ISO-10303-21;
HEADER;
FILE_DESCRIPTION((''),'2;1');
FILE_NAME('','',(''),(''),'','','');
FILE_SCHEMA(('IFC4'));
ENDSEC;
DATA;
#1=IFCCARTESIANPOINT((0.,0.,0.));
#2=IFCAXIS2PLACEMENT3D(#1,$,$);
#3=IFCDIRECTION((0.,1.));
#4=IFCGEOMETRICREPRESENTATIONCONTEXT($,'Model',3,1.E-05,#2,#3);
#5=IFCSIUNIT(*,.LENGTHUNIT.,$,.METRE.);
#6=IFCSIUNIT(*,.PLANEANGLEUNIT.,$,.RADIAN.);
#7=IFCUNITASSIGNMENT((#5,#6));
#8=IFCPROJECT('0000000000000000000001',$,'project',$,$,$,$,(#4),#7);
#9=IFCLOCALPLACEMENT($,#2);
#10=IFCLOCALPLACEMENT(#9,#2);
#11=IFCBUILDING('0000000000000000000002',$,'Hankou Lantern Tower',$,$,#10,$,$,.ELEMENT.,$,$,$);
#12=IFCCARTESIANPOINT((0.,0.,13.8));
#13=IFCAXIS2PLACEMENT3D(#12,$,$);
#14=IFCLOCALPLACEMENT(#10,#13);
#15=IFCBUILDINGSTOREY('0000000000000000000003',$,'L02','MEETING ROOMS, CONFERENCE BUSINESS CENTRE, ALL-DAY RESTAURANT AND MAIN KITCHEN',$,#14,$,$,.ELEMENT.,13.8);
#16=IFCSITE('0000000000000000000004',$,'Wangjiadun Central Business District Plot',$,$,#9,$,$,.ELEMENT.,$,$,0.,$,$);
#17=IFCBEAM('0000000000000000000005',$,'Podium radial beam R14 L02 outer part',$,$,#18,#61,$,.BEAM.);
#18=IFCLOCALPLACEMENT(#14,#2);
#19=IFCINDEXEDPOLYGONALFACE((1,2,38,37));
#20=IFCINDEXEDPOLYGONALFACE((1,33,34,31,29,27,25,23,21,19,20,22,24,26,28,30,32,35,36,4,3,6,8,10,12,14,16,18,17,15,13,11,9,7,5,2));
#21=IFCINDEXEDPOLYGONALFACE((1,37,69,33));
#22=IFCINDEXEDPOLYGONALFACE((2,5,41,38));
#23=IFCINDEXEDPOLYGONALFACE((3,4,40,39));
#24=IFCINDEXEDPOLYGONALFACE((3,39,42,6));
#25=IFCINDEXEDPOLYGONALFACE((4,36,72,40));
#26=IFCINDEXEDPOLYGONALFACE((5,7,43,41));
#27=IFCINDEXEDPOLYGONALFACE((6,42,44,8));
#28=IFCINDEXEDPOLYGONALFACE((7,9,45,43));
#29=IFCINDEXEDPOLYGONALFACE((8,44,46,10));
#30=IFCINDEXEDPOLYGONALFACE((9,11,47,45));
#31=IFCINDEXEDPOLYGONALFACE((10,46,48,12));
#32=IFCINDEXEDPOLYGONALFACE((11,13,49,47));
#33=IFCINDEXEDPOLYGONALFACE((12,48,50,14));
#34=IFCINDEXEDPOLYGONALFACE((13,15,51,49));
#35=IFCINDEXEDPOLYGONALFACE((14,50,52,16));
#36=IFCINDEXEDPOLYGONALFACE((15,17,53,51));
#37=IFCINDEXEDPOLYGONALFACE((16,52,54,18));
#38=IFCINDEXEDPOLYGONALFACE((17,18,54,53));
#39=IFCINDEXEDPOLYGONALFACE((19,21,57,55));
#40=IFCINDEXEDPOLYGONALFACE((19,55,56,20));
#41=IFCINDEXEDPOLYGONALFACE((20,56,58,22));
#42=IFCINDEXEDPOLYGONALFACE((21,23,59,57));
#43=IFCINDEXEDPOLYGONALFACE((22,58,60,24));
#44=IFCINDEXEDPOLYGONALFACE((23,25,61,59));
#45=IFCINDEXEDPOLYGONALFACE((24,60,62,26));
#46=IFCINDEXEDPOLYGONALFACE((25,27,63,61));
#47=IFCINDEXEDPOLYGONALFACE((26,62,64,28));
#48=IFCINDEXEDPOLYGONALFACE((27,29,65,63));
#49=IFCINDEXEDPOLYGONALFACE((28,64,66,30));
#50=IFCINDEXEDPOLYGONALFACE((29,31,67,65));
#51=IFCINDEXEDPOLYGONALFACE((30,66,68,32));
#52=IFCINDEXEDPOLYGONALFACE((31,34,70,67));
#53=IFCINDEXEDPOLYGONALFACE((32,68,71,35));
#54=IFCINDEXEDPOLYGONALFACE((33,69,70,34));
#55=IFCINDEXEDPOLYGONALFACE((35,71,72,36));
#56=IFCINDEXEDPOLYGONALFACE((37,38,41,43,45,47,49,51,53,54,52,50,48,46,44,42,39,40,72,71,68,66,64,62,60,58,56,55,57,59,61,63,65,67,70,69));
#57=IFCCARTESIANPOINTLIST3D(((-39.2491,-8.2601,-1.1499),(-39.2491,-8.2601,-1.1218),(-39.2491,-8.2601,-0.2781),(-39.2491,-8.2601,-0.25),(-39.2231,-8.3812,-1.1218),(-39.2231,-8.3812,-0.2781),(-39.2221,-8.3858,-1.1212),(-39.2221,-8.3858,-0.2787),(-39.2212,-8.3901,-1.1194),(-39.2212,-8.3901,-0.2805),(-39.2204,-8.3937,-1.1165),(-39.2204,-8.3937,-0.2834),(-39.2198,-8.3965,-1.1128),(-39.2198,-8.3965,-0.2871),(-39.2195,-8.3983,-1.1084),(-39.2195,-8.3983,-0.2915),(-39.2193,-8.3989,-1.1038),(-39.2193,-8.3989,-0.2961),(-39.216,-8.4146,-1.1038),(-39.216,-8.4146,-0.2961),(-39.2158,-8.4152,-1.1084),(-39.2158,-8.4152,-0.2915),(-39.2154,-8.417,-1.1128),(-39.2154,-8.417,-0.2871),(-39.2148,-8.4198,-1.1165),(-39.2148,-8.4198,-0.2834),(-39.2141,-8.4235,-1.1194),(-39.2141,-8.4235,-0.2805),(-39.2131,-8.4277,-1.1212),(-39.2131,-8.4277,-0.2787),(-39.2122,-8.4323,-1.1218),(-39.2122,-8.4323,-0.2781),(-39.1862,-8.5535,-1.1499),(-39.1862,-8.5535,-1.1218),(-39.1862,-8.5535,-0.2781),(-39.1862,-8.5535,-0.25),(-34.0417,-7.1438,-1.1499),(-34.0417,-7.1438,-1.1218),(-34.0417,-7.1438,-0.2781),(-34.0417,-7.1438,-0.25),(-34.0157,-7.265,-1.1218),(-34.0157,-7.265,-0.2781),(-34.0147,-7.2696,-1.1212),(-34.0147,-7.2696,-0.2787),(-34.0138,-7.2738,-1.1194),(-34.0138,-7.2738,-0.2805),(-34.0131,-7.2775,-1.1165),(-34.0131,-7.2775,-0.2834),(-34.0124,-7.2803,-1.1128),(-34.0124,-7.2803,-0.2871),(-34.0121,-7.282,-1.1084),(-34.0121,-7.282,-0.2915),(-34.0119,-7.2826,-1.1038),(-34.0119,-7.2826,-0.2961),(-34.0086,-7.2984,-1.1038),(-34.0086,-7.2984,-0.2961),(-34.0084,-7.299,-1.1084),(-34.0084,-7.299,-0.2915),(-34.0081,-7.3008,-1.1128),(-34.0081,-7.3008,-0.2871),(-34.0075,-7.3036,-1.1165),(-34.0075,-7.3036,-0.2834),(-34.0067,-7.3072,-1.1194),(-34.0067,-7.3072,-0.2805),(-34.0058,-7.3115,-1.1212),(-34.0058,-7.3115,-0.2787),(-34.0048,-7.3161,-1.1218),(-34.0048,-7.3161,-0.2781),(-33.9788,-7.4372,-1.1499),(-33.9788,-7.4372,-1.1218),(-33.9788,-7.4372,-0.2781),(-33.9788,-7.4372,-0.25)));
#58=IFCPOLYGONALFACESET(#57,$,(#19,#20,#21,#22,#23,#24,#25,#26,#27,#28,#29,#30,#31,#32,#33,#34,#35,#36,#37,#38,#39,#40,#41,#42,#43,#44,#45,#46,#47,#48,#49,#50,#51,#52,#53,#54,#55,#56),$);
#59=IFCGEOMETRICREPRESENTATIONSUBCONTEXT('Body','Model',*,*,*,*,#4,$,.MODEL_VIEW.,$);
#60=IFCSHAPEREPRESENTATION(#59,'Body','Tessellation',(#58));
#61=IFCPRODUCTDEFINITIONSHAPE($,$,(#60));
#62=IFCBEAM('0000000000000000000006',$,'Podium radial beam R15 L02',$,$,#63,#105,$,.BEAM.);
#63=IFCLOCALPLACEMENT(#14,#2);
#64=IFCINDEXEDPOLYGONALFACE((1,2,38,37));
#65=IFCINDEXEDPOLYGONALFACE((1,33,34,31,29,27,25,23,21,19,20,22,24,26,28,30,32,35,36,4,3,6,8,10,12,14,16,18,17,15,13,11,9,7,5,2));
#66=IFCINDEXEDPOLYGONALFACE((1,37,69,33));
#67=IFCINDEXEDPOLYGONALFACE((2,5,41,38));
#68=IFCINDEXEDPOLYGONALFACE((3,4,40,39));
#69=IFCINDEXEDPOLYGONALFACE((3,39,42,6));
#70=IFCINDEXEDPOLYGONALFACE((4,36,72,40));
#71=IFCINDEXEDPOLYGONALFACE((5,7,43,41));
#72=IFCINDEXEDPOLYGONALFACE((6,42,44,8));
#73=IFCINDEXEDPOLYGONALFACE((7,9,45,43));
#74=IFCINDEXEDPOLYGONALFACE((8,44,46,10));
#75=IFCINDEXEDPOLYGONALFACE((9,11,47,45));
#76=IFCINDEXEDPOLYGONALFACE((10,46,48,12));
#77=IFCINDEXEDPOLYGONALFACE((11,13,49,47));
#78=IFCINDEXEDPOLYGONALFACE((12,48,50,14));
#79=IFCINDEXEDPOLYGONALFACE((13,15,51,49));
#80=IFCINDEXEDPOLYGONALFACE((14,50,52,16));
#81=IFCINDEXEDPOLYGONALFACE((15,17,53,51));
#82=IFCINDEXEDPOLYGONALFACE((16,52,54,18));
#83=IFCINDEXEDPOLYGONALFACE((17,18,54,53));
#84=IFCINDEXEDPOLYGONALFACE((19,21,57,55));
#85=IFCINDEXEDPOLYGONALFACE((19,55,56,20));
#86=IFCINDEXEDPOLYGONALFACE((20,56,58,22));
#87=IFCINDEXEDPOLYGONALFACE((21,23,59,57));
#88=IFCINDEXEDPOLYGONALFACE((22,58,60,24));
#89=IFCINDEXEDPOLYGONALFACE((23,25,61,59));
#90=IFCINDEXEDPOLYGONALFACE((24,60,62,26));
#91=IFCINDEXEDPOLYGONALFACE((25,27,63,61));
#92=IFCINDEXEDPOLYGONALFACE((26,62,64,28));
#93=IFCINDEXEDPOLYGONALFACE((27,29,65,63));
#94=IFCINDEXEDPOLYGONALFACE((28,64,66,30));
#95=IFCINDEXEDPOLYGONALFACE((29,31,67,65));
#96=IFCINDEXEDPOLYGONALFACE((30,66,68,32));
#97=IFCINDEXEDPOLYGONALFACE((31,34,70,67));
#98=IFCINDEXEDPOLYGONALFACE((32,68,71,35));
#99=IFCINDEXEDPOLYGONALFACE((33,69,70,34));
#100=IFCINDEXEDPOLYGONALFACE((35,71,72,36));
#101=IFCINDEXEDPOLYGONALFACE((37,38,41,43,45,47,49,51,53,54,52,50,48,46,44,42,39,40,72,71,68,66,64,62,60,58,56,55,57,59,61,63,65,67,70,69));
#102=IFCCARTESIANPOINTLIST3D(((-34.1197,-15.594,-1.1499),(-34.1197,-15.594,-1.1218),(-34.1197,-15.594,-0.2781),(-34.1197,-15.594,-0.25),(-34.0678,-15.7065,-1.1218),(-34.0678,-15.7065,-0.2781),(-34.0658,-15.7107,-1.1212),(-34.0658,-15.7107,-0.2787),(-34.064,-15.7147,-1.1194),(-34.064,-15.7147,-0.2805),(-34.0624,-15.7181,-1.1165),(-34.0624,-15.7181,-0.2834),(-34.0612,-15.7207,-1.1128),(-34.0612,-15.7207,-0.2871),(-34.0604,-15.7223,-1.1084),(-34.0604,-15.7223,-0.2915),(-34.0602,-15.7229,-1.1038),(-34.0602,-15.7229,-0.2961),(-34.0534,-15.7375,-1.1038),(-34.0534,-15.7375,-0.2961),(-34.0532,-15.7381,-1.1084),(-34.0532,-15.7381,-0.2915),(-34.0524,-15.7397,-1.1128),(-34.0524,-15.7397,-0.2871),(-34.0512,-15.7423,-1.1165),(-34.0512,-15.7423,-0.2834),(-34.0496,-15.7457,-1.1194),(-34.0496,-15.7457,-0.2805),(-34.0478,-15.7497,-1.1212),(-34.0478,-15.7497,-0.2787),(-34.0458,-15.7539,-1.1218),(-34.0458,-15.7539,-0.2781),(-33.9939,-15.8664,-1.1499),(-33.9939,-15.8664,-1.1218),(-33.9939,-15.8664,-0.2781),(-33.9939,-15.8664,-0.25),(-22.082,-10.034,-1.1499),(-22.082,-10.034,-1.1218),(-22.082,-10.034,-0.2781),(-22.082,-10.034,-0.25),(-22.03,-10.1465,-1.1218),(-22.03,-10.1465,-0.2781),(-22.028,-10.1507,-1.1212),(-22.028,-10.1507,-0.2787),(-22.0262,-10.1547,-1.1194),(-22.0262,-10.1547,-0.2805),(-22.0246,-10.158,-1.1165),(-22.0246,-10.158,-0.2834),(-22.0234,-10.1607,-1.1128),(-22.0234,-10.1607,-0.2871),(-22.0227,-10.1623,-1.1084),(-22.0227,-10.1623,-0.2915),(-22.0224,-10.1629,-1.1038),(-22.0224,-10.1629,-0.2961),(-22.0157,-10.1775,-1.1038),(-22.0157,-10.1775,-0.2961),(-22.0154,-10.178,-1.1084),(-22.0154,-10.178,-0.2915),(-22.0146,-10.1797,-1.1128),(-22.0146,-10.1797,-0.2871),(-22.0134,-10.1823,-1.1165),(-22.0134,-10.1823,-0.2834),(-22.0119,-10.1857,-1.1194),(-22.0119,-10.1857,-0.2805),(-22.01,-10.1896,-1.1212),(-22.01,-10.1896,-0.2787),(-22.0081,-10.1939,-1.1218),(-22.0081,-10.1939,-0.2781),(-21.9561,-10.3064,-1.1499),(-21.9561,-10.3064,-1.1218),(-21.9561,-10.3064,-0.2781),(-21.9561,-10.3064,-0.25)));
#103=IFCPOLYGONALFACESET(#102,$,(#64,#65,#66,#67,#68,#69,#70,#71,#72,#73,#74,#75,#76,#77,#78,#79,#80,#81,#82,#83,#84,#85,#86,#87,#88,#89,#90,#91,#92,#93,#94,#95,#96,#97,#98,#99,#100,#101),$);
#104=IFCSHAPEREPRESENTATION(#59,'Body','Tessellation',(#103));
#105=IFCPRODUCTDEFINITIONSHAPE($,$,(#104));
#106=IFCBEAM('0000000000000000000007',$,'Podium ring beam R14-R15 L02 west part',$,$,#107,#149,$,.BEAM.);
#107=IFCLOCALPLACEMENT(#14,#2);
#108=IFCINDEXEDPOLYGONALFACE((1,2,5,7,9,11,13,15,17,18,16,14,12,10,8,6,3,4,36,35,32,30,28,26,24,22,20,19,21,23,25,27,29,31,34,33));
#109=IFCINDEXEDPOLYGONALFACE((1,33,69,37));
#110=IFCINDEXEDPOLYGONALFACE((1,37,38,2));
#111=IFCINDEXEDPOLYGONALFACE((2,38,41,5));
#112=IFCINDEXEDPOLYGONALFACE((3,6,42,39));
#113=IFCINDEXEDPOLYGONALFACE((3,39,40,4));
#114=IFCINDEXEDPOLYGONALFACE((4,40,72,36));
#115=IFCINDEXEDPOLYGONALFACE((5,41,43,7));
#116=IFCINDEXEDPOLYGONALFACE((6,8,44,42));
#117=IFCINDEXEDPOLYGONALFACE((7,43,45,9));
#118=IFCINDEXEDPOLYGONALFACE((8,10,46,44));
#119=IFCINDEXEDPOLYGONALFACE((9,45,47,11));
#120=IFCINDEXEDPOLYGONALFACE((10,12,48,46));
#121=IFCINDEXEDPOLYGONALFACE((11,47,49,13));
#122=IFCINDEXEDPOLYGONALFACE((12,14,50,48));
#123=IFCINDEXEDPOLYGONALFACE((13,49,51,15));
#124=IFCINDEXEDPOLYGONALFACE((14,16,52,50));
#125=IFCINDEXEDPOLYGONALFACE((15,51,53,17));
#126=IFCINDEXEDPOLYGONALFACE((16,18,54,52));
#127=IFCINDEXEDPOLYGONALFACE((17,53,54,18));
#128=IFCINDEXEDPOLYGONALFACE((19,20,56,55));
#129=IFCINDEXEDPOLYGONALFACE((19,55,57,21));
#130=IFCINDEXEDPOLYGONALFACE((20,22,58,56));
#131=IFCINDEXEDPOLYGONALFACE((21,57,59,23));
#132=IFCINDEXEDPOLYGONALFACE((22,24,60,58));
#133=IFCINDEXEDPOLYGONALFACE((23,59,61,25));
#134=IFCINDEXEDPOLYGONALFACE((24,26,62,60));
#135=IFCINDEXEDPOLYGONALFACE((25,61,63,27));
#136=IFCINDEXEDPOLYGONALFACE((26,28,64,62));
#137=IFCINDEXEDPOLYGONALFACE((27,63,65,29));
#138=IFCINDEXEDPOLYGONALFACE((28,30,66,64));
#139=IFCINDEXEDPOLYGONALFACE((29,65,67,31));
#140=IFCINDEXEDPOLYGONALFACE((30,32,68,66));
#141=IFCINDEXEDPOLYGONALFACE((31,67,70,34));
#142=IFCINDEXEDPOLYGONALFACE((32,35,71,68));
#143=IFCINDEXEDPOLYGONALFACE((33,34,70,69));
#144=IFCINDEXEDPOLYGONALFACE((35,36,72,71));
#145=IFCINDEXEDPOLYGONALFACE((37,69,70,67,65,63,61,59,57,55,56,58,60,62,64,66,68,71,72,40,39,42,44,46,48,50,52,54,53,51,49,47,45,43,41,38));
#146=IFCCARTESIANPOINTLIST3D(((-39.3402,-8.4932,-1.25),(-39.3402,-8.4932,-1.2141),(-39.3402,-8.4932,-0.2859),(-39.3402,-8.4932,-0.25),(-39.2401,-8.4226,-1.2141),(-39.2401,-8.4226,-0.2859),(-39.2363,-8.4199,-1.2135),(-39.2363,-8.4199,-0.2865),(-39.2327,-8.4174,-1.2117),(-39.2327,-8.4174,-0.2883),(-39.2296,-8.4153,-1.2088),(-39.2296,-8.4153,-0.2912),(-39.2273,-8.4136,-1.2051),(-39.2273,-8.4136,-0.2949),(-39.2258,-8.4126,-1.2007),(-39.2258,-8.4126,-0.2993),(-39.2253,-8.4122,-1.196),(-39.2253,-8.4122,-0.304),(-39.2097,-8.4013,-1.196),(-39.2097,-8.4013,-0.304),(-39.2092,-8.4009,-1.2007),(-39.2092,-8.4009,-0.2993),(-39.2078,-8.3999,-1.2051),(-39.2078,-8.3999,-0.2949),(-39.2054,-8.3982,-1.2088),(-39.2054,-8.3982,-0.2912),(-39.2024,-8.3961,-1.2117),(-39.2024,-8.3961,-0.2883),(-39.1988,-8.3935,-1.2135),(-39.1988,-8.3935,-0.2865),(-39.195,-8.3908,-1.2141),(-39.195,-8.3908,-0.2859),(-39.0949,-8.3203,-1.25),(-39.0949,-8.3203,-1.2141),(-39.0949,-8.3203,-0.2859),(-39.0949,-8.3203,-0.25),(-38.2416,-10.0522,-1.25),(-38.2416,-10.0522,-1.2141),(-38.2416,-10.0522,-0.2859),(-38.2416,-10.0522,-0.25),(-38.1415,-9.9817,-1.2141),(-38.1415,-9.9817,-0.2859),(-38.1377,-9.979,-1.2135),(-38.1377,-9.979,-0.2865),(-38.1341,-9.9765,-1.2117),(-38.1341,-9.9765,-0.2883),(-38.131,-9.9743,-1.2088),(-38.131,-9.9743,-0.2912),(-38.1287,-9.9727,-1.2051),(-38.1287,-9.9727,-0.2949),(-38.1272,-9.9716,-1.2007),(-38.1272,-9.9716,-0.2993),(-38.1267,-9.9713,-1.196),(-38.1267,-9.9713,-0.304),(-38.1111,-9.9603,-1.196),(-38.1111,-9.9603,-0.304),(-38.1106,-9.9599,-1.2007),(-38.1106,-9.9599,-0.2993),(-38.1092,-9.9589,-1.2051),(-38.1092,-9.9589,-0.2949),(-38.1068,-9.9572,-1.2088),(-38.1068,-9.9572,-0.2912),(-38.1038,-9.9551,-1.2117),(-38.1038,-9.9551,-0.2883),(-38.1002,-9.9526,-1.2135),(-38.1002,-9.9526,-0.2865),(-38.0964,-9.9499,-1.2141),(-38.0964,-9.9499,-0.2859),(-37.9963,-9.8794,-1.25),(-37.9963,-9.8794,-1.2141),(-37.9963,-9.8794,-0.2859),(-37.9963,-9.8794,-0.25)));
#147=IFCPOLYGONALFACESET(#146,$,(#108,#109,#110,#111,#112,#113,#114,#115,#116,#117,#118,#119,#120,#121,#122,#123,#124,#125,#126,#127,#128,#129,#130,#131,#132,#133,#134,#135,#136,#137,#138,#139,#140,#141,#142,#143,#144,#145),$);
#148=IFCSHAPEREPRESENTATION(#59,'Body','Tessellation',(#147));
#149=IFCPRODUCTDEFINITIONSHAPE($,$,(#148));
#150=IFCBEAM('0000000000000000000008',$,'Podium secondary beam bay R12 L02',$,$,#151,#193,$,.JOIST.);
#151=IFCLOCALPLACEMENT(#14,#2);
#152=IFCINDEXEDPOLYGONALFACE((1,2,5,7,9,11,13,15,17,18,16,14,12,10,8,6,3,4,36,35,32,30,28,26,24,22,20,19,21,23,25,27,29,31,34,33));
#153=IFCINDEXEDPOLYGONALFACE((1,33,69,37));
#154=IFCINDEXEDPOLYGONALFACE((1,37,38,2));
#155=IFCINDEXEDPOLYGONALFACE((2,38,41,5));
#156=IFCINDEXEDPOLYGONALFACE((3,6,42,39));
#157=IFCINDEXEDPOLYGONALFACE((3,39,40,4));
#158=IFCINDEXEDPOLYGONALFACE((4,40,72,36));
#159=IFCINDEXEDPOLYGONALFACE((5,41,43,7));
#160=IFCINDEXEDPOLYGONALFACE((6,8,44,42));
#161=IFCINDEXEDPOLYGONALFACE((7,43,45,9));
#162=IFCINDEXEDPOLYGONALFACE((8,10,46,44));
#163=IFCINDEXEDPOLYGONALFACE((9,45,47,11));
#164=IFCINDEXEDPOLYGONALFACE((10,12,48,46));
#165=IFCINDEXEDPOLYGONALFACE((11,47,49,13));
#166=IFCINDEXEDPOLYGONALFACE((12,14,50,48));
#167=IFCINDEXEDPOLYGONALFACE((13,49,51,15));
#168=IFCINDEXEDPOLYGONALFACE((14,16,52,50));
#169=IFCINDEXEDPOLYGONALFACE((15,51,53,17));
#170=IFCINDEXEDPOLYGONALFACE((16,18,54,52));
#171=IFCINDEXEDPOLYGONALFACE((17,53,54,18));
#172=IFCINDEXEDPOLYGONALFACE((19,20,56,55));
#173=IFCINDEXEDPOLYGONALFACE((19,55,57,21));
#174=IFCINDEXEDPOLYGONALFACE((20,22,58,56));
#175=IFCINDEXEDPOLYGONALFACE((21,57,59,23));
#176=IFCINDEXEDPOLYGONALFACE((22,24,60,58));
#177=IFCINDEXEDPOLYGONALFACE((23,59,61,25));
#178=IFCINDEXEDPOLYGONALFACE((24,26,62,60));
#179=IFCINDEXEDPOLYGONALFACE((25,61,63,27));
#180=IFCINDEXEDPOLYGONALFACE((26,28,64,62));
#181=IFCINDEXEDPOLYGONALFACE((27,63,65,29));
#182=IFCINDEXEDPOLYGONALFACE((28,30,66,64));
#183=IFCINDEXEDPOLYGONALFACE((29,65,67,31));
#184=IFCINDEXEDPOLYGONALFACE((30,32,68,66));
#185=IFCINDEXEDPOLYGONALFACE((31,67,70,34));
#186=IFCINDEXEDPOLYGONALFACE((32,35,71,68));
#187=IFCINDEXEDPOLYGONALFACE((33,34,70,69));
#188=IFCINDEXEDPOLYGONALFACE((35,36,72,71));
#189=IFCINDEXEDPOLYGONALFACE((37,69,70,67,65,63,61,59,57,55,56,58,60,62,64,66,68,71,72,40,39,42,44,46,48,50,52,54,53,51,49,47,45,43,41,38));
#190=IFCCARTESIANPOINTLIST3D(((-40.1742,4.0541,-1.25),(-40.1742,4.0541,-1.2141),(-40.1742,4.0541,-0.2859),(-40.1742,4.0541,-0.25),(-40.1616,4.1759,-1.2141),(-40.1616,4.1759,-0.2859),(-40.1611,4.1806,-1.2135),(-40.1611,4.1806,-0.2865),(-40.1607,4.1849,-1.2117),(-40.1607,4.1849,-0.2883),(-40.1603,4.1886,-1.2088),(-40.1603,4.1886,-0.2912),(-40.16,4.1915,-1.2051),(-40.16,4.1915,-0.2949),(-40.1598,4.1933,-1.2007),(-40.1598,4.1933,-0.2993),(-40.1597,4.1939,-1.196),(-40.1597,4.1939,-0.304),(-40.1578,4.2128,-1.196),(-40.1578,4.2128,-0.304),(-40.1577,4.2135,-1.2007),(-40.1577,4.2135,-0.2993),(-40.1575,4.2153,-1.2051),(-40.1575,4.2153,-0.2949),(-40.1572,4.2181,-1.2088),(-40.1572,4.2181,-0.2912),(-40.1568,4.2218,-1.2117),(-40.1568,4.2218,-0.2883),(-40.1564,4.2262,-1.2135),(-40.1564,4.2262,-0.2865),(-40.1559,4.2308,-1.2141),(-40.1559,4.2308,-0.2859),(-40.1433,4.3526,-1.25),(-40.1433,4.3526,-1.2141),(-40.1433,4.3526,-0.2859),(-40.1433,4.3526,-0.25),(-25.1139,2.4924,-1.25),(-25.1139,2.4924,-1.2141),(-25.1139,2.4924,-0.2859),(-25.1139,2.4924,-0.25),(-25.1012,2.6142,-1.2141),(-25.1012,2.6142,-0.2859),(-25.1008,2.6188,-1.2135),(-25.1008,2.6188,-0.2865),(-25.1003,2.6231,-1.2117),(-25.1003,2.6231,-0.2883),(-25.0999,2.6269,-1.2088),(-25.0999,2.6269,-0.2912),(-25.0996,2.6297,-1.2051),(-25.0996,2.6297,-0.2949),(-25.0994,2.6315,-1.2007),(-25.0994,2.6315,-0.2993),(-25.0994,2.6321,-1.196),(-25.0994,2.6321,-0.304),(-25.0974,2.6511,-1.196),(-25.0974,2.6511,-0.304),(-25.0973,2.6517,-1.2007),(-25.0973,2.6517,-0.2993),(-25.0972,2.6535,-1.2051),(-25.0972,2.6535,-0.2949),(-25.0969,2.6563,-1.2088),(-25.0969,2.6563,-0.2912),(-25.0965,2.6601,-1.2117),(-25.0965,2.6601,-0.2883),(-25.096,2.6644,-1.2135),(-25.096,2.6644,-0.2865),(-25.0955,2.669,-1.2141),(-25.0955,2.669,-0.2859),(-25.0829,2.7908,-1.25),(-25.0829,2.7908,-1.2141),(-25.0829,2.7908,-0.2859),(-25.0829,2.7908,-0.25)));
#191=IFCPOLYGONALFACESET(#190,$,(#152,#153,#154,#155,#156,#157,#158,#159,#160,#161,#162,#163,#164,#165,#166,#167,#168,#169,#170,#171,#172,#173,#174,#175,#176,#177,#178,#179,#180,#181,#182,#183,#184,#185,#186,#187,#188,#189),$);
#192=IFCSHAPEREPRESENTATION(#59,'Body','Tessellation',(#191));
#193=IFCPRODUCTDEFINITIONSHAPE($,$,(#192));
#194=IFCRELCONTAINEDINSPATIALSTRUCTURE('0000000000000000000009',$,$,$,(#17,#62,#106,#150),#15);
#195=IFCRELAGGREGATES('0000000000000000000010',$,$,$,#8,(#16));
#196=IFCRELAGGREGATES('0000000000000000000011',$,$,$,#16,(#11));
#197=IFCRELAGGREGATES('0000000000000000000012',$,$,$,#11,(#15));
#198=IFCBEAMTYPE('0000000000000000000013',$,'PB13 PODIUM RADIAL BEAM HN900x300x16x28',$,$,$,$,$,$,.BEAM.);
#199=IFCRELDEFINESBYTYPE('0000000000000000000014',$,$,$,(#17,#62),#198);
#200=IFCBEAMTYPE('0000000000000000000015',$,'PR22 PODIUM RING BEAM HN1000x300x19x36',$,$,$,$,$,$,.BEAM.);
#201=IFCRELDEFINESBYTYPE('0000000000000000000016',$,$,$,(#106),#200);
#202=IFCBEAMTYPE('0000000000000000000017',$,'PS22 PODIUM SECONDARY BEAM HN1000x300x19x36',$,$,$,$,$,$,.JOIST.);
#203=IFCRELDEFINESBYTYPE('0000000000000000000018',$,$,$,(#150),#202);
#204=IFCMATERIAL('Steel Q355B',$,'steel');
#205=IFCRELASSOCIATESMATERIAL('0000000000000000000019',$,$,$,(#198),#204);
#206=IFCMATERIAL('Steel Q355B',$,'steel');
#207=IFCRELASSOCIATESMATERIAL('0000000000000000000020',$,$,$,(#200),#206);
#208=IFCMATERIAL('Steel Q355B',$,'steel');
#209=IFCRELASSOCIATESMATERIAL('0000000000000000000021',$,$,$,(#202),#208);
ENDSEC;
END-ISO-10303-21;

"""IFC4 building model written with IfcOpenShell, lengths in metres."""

from ifc_helpers import new_model, si_unit, direction, frame, origin, origin_2d, place, context, subcontext, project, spatial, i_section, extrude, material, material_profile, profile_set, type_object, element, save


model = new_model("IFC4")

# Units and contexts
model_context = context("Model", 3, precision=1e-05, world=origin(), true_north=direction((0.0, 1.0)))
body_context = subcontext(model_context, "Body", "Model", "MODEL_VIEW")
ifc_project = project(units=[si_unit("LENGTHUNIT", "METRE"), si_unit("PLANEANGLEUNIT", "RADIAN")], contexts=[model_context])

# Site, building, storey
site_placement = place(None, origin())
site = spatial("IfcSite", under=ifc_project, at=site_placement, Name="Wangjiadun Central Business District Plot", CompositionType="ELEMENT", RefElevation=0.0)
building_placement = place(site_placement, origin())
building = spatial("IfcBuilding", under=site, at=building_placement, Name="Hankou Lantern Tower", CompositionType="ELEMENT")
storey_placement = place(building_placement, frame((0.0, 0.0, 13.8)))
storey = spatial("IfcBuildingStorey", under=building, at=storey_placement, Name="L02", Description="MEETING ROOMS, CONFERENCE BUSINESS CENTRE, ALL-DAY RESTAURANT AND MAIN KITCHEN", CompositionType="ELEMENT", Elevation=13.8)

# Beams
ifc_material_1 = material(Name="Steel Q355B", Category="steel")
ifc_material_profile_1 = material_profile(ifc_material_1, i_section(OverallWidth=0.3, OverallDepth=0.8999, WebThickness=0.0161, FlangeThickness=0.0281, FilletRadius=0.0181, at=origin_2d()), Name="HN900x300x16x28")
ifc_profile_set_1 = profile_set([ifc_material_profile_1], Name="Steel Q355B")
beam_type_1 = type_object("IfcBeamType", Name="PB13 PODIUM RADIAL BEAM HN900x300x16x28", PredefinedType="BEAM", material=ifc_profile_set_1)
beam_1_placement = place(storey_placement, frame((-34.0103, -7.2905, -0.7), z_axis=(-0.977788, -0.209595, 0.0), x_axis=(0.209595, -0.977788, 0.0)))
element("IfcBeam", 1, at=beam_1_placement, inside=storey, type_object=beam_type_1, Name="Podium radial beam R14 L02 outer part", PredefinedType="BEAM", context=body_context, shape_type="SweptSolid", body=[
    extrude(i_section(OverallWidth=0.3, OverallDepth=0.8999, WebThickness=0.0161, FlangeThickness=0.0281, FilletRadius=0.0181, at=origin_2d()), origin(), (0.0, 0.0, 1.0), 5.3257),
])
beam_2_placement = place(storey_placement, frame((-22.019, -10.1702, -0.7), z_axis=(-0.907841, -0.419315, 0.0), x_axis=(0.419315, -0.907841, 0.0)))
element("IfcBeam", 2, at=beam_2_placement, inside=storey, type_object=beam_type_1, Name="Podium radial beam R15 L02", PredefinedType="BEAM", context=body_context, shape_type="SweptSolid", body=[
    extrude(i_section(OverallWidth=0.3, OverallDepth=0.8999, WebThickness=0.0161, FlangeThickness=0.0281, FilletRadius=0.0181, at=origin_2d()), origin(), (0.0, 0.0, 1.0), 13.2598),
])
ifc_material_2 = material(Name="Steel Q355B", Category="steel")
ifc_material_profile_2 = material_profile(ifc_material_2, i_section(OverallWidth=0.3, OverallDepth=1.0, WebThickness=0.019, FlangeThickness=0.0359, FilletRadius=0.0181, at=origin_2d()), Name="HN1000x300x19x36")
ifc_profile_set_2 = profile_set([ifc_material_profile_2], Name="Steel Q355B")
beam_type_2 = type_object("IfcBeamType", Name="PR22 PODIUM RING BEAM HN1000x300x19x36", PredefinedType="BEAM", material=ifc_profile_set_2)
beam_3_placement = place(storey_placement, frame((-39.2175, -8.4067, -0.75), z_axis=(0.57602, -0.817436, 0.0), x_axis=(0.817436, 0.57602, 0.0)))
element("IfcBeam", 3, at=beam_3_placement, inside=storey, type_object=beam_type_2, Name="Podium ring beam R14-R15 L02 west part", PredefinedType="BEAM", context=body_context, shape_type="SweptSolid", body=[
    extrude(i_section(OverallWidth=0.3, OverallDepth=1.0, WebThickness=0.019, FlangeThickness=0.0359, FilletRadius=0.0181, at=origin_2d()), origin(), (0.0, 0.0, 1.0), 1.9072),
])
ifc_material_3 = material(Name="Steel Q355B", Category="steel")
ifc_material_profile_3 = material_profile(ifc_material_3, i_section(OverallWidth=0.3, OverallDepth=1.0, WebThickness=0.019, FlangeThickness=0.0359, FilletRadius=0.0181, at=origin_2d()), Name="HN1000x300x19x36")
ifc_profile_set_3 = profile_set([ifc_material_profile_3], Name="Steel Q355B")
beam_type_3 = type_object("IfcBeamType", Name="PS22 PODIUM SECONDARY BEAM HN1000x300x19x36", PredefinedType="JOIST", material=ifc_profile_set_3)
for number, where, z_axis, x_axis, name in (
    (4, (-25.0984, 2.6416, -0.75), (-0.994666, 0.103148, 0.0), (-0.103148, -0.994666, 0.0), "Podium secondary beam bay R12 L02"),
):
    element("IfcBeam", number, at=place(storey_placement, frame(where, z_axis=z_axis, x_axis=x_axis)), inside=storey, type_object=beam_type_3, Name=name, PredefinedType="JOIST", context=body_context, shape_type="SweptSolid", body=[
        extrude(i_section(OverallWidth=0.3, OverallDepth=1.0, WebThickness=0.019, FlangeThickness=0.0359, FilletRadius=0.0181, at=origin_2d()), origin(), (0.0, 0.0, 1.0), 15.1411),
    ])

save(model, "model.ifc")
